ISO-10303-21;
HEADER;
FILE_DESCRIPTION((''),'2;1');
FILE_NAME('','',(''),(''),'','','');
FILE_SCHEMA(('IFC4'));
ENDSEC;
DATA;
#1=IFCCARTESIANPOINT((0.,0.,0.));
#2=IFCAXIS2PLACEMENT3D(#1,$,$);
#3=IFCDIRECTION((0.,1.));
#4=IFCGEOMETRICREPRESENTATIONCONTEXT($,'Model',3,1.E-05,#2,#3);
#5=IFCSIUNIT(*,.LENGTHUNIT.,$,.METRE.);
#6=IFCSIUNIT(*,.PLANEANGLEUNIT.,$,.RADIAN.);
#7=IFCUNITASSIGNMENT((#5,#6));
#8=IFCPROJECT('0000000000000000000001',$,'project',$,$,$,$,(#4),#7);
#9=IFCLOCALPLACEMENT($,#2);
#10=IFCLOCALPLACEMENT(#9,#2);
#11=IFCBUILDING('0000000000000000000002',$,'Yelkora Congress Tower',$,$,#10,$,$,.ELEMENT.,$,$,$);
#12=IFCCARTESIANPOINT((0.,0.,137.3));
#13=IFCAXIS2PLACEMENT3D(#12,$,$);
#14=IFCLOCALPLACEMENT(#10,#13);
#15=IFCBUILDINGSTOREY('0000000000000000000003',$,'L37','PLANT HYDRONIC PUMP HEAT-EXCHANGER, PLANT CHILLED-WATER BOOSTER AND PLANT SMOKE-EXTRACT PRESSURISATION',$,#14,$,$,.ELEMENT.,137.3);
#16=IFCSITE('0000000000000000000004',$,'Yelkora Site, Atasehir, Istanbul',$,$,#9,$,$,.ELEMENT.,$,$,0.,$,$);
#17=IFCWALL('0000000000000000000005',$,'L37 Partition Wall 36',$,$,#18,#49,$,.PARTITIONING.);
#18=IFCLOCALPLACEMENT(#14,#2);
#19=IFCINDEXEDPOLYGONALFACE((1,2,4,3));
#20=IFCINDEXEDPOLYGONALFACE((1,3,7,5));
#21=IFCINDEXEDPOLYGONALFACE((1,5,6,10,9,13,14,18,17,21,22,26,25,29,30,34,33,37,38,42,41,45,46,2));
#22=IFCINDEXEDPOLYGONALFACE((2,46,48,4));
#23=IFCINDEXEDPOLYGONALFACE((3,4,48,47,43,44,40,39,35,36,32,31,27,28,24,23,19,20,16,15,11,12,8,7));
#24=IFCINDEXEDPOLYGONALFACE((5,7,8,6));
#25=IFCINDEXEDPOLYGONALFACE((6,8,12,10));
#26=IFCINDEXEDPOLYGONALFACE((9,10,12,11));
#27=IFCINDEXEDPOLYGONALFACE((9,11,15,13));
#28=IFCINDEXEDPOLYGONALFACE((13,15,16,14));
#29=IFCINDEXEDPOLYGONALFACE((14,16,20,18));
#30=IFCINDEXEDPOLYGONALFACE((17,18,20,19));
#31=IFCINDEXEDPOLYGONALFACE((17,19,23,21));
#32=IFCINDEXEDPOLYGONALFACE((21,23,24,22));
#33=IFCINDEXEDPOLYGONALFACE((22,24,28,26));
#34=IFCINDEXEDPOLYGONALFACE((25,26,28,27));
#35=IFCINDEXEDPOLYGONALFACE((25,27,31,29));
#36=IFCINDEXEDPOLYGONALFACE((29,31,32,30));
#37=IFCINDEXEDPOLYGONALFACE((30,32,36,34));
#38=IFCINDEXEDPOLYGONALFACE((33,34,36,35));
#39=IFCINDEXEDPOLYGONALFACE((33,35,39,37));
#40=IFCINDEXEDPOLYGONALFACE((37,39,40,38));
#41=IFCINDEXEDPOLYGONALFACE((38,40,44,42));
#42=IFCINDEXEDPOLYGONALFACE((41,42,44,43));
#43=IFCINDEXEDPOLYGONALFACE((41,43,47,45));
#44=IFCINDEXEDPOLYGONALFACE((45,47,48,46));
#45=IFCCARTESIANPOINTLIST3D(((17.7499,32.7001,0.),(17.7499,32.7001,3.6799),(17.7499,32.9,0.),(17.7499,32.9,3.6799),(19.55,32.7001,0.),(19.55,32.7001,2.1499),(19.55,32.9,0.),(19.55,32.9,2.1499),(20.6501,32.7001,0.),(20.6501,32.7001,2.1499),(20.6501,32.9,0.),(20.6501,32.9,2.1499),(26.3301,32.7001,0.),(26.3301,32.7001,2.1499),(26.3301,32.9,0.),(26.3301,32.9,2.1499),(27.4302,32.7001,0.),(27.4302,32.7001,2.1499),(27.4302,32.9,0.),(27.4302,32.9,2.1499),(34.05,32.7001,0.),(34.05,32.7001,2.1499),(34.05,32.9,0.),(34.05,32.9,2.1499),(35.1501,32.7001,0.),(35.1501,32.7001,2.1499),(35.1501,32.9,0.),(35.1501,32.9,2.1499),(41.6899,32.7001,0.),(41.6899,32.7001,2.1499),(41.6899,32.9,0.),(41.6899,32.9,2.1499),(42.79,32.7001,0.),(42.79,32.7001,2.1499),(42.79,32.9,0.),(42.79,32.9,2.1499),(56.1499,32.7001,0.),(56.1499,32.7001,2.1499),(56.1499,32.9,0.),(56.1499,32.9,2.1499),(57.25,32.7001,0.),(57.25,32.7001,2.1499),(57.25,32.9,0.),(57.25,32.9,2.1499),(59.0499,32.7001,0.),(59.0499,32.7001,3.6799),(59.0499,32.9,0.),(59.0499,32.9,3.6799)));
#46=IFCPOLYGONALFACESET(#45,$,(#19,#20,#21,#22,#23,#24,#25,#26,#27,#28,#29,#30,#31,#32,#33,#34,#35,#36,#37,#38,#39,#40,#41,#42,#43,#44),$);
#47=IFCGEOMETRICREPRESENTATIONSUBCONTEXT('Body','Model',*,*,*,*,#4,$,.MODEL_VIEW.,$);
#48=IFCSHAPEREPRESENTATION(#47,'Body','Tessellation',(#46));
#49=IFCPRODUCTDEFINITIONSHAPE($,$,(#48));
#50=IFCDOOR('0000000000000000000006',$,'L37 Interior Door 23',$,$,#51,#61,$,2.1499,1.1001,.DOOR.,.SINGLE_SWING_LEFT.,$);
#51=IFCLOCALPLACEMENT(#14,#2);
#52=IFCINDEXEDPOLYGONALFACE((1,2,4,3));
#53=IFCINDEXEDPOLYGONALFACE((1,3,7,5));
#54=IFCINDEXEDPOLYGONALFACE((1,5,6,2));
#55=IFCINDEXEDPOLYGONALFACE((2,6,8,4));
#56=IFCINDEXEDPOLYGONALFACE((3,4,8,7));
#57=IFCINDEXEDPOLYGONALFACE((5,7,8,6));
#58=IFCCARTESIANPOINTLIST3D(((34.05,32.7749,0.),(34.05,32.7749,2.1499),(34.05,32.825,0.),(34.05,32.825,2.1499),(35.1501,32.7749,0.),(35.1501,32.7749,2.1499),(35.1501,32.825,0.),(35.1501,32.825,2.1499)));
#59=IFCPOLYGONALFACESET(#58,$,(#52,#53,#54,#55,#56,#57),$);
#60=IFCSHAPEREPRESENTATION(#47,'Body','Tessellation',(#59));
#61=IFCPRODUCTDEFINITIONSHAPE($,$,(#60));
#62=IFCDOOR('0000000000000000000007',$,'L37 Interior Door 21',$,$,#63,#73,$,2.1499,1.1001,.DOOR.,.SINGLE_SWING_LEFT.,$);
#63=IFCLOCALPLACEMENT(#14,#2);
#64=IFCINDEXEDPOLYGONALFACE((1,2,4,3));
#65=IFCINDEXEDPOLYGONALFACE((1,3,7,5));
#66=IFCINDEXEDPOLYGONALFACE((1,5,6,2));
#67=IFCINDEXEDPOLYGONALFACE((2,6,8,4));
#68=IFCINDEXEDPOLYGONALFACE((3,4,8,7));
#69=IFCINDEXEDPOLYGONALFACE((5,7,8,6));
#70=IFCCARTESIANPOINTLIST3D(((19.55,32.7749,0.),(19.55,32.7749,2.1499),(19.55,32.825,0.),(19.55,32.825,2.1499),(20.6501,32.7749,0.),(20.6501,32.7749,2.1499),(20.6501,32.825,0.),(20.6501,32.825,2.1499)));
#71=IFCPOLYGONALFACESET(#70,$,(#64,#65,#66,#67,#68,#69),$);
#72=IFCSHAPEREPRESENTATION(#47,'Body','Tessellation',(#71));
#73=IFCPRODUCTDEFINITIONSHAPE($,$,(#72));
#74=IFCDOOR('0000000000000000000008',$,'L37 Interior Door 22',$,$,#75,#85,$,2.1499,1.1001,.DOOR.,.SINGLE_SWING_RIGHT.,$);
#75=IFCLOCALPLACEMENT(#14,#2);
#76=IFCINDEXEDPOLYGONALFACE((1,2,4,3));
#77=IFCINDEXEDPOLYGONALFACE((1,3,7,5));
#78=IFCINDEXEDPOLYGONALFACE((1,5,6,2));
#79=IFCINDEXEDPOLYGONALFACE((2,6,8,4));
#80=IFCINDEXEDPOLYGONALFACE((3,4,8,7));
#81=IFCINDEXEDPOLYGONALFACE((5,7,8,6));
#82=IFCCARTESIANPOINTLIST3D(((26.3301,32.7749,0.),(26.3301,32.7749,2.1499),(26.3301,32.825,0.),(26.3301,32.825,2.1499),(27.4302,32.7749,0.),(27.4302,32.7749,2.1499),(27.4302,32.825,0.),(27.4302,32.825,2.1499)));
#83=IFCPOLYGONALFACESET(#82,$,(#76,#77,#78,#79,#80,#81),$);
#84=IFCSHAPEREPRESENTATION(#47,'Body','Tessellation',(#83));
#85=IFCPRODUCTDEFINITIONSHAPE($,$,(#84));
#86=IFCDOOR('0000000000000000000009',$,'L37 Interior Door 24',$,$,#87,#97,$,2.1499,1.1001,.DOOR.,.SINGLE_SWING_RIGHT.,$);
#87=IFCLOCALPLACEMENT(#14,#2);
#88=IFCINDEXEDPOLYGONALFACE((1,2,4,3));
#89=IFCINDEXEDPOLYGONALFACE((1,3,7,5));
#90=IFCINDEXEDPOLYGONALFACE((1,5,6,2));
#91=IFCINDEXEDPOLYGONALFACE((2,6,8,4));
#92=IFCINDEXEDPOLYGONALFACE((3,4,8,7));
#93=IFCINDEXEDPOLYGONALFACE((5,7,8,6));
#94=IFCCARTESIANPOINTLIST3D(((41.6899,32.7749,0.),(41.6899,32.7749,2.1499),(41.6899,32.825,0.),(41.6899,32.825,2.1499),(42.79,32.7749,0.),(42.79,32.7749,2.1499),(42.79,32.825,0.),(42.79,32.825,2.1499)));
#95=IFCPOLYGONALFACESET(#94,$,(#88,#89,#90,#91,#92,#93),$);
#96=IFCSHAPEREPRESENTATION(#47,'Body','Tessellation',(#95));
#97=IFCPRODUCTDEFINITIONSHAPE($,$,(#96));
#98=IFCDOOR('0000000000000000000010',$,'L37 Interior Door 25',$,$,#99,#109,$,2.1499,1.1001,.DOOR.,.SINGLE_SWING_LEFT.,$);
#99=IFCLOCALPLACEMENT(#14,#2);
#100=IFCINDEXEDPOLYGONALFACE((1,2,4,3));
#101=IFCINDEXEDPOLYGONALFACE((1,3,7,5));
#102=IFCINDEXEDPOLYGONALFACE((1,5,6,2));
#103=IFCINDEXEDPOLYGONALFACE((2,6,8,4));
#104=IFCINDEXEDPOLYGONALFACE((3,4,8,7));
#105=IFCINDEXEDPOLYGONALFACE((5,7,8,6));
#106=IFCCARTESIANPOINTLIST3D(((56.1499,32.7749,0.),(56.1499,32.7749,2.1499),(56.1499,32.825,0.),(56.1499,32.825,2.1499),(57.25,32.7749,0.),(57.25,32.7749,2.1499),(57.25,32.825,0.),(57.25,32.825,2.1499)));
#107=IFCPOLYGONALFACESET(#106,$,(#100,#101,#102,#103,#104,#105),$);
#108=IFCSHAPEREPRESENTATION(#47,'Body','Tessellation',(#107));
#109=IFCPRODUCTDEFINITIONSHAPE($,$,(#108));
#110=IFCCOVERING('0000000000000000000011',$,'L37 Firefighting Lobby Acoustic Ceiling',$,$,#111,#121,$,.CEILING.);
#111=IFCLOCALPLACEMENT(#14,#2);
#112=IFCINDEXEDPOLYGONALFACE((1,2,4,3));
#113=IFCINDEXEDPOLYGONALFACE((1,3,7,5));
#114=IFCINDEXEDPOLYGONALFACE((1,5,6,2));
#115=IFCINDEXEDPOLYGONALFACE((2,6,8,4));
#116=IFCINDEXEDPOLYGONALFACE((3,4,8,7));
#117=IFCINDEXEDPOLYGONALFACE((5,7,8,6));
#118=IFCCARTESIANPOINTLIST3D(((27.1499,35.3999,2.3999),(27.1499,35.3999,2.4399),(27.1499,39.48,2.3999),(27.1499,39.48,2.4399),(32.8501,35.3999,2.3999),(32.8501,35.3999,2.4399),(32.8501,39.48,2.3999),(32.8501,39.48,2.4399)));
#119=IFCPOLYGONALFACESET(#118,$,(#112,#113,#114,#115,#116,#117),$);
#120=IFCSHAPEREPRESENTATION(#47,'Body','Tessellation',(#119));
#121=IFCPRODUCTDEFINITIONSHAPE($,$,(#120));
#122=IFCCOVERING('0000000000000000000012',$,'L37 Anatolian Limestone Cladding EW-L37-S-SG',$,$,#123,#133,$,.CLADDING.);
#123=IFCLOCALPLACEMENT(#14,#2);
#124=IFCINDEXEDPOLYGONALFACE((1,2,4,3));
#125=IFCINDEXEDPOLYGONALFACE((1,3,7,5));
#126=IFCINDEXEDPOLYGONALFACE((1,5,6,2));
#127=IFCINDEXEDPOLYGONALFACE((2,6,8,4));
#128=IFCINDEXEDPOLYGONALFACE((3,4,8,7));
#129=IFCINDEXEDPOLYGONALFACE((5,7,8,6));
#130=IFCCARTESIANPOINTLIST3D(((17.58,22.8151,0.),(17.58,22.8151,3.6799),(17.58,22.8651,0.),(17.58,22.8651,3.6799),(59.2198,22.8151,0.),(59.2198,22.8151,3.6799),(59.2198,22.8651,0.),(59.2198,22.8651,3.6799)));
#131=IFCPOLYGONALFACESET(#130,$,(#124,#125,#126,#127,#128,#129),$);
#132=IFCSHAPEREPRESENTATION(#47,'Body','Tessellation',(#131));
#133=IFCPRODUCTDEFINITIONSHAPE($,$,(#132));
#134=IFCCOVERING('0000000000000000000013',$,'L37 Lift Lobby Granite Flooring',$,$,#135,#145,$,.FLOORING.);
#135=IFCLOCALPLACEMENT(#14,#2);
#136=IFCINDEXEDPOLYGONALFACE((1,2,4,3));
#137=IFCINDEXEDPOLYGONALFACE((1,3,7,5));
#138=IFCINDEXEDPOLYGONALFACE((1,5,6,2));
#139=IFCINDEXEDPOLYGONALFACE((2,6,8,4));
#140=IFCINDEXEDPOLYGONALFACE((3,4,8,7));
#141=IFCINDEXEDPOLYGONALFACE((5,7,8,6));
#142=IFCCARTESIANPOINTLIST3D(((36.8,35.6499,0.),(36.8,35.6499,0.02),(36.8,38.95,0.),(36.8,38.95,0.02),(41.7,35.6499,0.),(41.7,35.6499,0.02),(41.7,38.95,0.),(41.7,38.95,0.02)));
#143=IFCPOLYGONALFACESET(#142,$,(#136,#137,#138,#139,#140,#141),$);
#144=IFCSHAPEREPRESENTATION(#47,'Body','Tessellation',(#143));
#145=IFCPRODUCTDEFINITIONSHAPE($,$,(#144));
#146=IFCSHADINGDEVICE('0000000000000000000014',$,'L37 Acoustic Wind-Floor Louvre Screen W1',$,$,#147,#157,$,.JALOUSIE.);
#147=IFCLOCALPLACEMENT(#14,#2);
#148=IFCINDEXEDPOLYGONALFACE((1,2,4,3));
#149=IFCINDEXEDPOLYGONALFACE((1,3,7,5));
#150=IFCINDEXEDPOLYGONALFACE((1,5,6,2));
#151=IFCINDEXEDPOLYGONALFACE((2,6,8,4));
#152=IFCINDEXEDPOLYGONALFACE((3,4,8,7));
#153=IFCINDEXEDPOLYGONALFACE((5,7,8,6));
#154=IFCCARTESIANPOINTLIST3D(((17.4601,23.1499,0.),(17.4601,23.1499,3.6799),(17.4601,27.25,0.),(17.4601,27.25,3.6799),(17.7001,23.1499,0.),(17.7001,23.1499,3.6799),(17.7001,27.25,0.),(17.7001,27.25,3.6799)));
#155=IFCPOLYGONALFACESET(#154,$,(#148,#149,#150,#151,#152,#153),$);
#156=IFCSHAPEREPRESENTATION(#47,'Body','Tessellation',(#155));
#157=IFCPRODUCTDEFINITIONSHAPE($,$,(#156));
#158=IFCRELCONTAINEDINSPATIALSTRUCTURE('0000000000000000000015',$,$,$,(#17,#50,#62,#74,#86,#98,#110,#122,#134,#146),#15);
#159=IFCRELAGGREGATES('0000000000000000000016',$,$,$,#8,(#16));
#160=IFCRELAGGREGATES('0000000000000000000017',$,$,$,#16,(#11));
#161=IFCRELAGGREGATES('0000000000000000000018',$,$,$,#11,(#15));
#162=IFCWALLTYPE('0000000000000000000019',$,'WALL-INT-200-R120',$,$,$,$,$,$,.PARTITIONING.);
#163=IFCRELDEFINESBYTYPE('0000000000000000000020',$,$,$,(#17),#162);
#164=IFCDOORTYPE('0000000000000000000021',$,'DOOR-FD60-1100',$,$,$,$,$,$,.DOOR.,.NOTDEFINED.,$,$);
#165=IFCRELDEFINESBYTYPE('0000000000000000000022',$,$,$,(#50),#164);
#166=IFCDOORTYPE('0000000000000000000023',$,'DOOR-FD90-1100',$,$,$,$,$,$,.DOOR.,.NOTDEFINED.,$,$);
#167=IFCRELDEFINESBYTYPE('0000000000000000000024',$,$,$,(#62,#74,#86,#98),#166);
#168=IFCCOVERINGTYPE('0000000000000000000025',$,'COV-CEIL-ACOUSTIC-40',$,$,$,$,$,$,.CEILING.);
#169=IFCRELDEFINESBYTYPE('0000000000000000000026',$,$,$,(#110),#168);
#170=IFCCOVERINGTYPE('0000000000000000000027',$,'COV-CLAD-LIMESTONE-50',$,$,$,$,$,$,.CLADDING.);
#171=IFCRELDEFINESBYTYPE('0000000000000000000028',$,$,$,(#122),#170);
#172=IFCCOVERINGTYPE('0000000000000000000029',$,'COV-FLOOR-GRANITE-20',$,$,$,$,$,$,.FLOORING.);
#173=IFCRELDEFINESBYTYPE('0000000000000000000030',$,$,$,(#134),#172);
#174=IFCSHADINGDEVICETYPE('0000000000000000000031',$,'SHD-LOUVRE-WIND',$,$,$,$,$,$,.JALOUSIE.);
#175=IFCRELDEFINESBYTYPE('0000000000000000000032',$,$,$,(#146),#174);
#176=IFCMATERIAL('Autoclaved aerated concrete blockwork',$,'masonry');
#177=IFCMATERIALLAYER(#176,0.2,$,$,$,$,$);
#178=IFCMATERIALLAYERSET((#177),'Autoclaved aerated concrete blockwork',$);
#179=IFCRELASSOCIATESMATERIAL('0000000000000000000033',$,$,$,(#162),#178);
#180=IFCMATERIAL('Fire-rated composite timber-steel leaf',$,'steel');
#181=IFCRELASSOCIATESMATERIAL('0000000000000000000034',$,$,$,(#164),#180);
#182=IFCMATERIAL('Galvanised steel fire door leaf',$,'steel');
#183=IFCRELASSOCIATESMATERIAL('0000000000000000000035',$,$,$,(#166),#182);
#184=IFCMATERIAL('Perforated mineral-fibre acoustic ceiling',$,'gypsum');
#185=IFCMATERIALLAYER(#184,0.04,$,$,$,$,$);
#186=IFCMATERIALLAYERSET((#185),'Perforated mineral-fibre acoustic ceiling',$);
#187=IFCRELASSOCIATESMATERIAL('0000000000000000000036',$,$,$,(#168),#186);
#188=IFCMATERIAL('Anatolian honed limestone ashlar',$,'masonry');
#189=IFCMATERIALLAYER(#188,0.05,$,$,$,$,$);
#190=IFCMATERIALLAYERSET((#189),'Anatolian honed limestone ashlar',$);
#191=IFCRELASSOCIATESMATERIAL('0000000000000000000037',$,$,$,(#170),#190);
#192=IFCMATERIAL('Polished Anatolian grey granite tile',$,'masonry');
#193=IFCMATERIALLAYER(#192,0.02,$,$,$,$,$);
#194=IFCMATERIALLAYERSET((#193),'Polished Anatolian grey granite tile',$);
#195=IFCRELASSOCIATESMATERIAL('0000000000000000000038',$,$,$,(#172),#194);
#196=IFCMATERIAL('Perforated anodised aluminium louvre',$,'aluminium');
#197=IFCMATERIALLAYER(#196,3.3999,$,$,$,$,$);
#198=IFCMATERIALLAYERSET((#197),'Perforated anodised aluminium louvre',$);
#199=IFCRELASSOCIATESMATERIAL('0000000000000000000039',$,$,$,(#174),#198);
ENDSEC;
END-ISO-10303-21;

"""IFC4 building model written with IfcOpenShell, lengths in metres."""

from ifc_helpers import new_model, si_unit, direction, frame, frame_2d, origin, origin_2d, place, context, subcontext, project, spatial, polyline, rectangle, outline, extrude, material, layer, layer_set, type_object, element, fill, save


model = new_model("IFC4")

# Units and contexts
model_context = context("Model", 3, precision=1e-05, world=origin(), true_north=direction((0.0, 1.0)))
body_context = subcontext(model_context, "Body", "Model", "MODEL_VIEW")
ifc_project = project(units=[si_unit("LENGTHUNIT", "METRE"), si_unit("PLANEANGLEUNIT", "RADIAN")], contexts=[model_context])

# Site, building, storey
site_placement = place(None, origin())
site = spatial("IfcSite", under=ifc_project, at=site_placement, Name="Yelkora Site, Atasehir, Istanbul", CompositionType="ELEMENT", RefElevation=0.0)
building_placement = place(site_placement, origin())
building = spatial("IfcBuilding", under=site, at=building_placement, Name="Yelkora Congress Tower", CompositionType="ELEMENT")
storey_placement = place(building_placement, frame((0.0, 0.0, 137.3)))
storey = spatial("IfcBuildingStorey", under=building, at=storey_placement, Name="L37", Description="PLANT HYDRONIC PUMP HEAT-EXCHANGER, PLANT CHILLED-WATER BOOSTER AND PLANT SMOKE-EXTRACT PRESSURISATION", CompositionType="ELEMENT", Elevation=137.3)

# Shared definitions
ifc_material_1 = material(Name="Autoclaved aerated concrete blockwork", Category="masonry")
ifc_layer_1 = layer(ifc_material_1, 0.2)
ifc_layer_set_1 = layer_set([ifc_layer_1], Name="Autoclaved aerated concrete blockwork")
wall_type_1 = type_object("IfcWallType", Name="WALL-INT-200-R120", PredefinedType="PARTITIONING", material=ifc_layer_set_1)

# Wall, openings, doors
wall_1_placement = place(storey_placement, frame((17.75, 32.8, 0.0), z_axis=(0.0, 0.0, 1.0), x_axis=(1.0, 0.0, 0.0)))
wall_1 = element("IfcWall", 1, at=wall_1_placement, inside=storey, type_object=wall_type_1, Name="L37 Partition Wall 36", PredefinedType="PARTITIONING", context=body_context, shape_type="SweptSolid", body=[
    extrude(rectangle(XDim=41.3, YDim=0.2, at=frame_2d((20.6499, 0.0))), origin(), (0.0, 0.0, 1.0), 3.6799),
])
opening_1_placement = place(wall_1_placement, frame((1.8, 0.0, 0.0)))
opening_1 = element("IfcOpeningElement", 2, at=opening_1_placement, cuts=wall_1, PredefinedType="OPENING", context=body_context, shape_type="SweptSolid", body=[
    extrude(rectangle(XDim=1.1001, YDim=2.1499, at=frame_2d((0.55, 1.075))), frame((0.0, 0.1099, 0.0), z_axis=(0.0, -1.0, 0.0), x_axis=(1.0, 0.0, 0.0)), (0.0, 0.0, 1.0), 0.22),
])
opening_2_placement = place(wall_1_placement, frame((8.5801, 0.0, 0.0)))
opening_2 = element("IfcOpeningElement", 3, at=opening_2_placement, cuts=wall_1, PredefinedType="OPENING", context=body_context, shape_type="SweptSolid", body=[
    extrude(rectangle(XDim=1.1001, YDim=2.1499, at=frame_2d((0.55, 1.075))), frame((0.0, 0.1099, 0.0), z_axis=(0.0, -1.0, 0.0), x_axis=(1.0, 0.0, 0.0)), (0.0, 0.0, 1.0), 0.22),
])
opening_3_placement = place(wall_1_placement, frame((16.3, 0.0, 0.0)))
opening_3 = element("IfcOpeningElement", 4, at=opening_3_placement, cuts=wall_1, PredefinedType="OPENING", context=body_context, shape_type="SweptSolid", body=[
    extrude(rectangle(XDim=1.1001, YDim=2.1499, at=frame_2d((0.55, 1.075))), frame((0.0, 0.1099, 0.0), z_axis=(0.0, -1.0, 0.0), x_axis=(1.0, 0.0, 0.0)), (0.0, 0.0, 1.0), 0.22),
])
opening_4_placement = place(wall_1_placement, frame((23.9399, 0.0, 0.0)))
opening_4 = element("IfcOpeningElement", 5, at=opening_4_placement, cuts=wall_1, PredefinedType="OPENING", context=body_context, shape_type="SweptSolid", body=[
    extrude(rectangle(XDim=1.1001, YDim=2.1499, at=frame_2d((0.55, 1.075))), frame((0.0, 0.1099, 0.0), z_axis=(0.0, -1.0, 0.0), x_axis=(1.0, 0.0, 0.0)), (0.0, 0.0, 1.0), 0.22),
])
opening_5_placement = place(wall_1_placement, frame((38.3999, 0.0, 0.0)))
opening_5 = element("IfcOpeningElement", 6, at=opening_5_placement, cuts=wall_1, PredefinedType="OPENING", context=body_context, shape_type="SweptSolid", body=[
    extrude(rectangle(XDim=1.1001, YDim=2.1499, at=frame_2d((0.55, 1.075))), frame((0.0, 0.1099, 0.0), z_axis=(0.0, -1.0, 0.0), x_axis=(1.0, 0.0, 0.0)), (0.0, 0.0, 1.0), 0.22),
])
ifc_material_2 = material(Name="Fire-rated composite timber-steel leaf", Category="steel")
door_type_1 = type_object("IfcDoorType", Name="DOOR-FD60-1100", OperationType="NOTDEFINED", PredefinedType="DOOR", material=ifc_material_2)
door_1_placement = place(opening_3_placement, origin())
door_1 = element("IfcDoor", 7, at=door_1_placement, inside=storey, type_object=door_type_1, Name="L37 Interior Door 23", OperationType="SINGLE_SWING_LEFT", OverallHeight=2.1499, OverallWidth=1.1001, PredefinedType="DOOR", context=body_context, shape_type="SweptSolid", body=[
    extrude(rectangle(XDim=1.1001, YDim=2.1499, at=frame_2d((0.55, 1.075))), frame((0.0, 0.0249, 0.0), z_axis=(0.0, -1.0, 0.0), x_axis=(1.0, 0.0, 0.0)), (0.0, 0.0, 1.0), 0.05),
])
fill(opening_3, door_1)
ifc_material_3 = material(Name="Galvanised steel fire door leaf", Category="steel")
door_type_2 = type_object("IfcDoorType", Name="DOOR-FD90-1100", OperationType="NOTDEFINED", PredefinedType="DOOR", material=ifc_material_3)
door_2_placement = place(opening_1_placement, origin())
door_2 = element("IfcDoor", 8, at=door_2_placement, inside=storey, type_object=door_type_2, Name="L37 Interior Door 21", OperationType="SINGLE_SWING_LEFT", OverallHeight=2.1499, OverallWidth=1.1001, PredefinedType="DOOR", context=body_context, shape_type="SweptSolid", body=[
    extrude(rectangle(XDim=1.1001, YDim=2.1499, at=frame_2d((0.55, 1.075))), frame((0.0, 0.0249, 0.0), z_axis=(0.0, -1.0, 0.0), x_axis=(1.0, 0.0, 0.0)), (0.0, 0.0, 1.0), 0.05),
])
fill(opening_1, door_2)
door_3_placement = place(opening_2_placement, origin())
door_3 = element("IfcDoor", 9, at=door_3_placement, inside=storey, type_object=door_type_2, Name="L37 Interior Door 22", OperationType="SINGLE_SWING_RIGHT", OverallHeight=2.1499, OverallWidth=1.1001, PredefinedType="DOOR", context=body_context, shape_type="SweptSolid", body=[
    extrude(rectangle(XDim=1.1001, YDim=2.1499, at=frame_2d((0.55, 1.075))), frame((0.0, 0.0249, 0.0), z_axis=(0.0, -1.0, 0.0), x_axis=(1.0, 0.0, 0.0)), (0.0, 0.0, 1.0), 0.05),
])
fill(opening_2, door_3)
door_4_placement = place(opening_4_placement, origin())
door_4 = element("IfcDoor", 10, at=door_4_placement, inside=storey, type_object=door_type_2, Name="L37 Interior Door 24", OperationType="SINGLE_SWING_RIGHT", OverallHeight=2.1499, OverallWidth=1.1001, PredefinedType="DOOR", context=body_context, shape_type="SweptSolid", body=[
    extrude(rectangle(XDim=1.1001, YDim=2.1499, at=frame_2d((0.55, 1.075))), frame((0.0, 0.0249, 0.0), z_axis=(0.0, -1.0, 0.0), x_axis=(1.0, 0.0, 0.0)), (0.0, 0.0, 1.0), 0.05),
])
fill(opening_4, door_4)
door_5_placement = place(opening_5_placement, origin())
door_5 = element("IfcDoor", 11, at=door_5_placement, inside=storey, type_object=door_type_2, Name="L37 Interior Door 25", OperationType="SINGLE_SWING_LEFT", OverallHeight=2.1499, OverallWidth=1.1001, PredefinedType="DOOR", context=body_context, shape_type="SweptSolid", body=[
    extrude(rectangle(XDim=1.1001, YDim=2.1499, at=frame_2d((0.55, 1.075))), frame((0.0, 0.0249, 0.0), z_axis=(0.0, -1.0, 0.0), x_axis=(1.0, 0.0, 0.0)), (0.0, 0.0, 1.0), 0.05),
])
fill(opening_5, door_5)

# Coverings
ifc_material_4 = material(Name="Perforated mineral-fibre acoustic ceiling", Category="gypsum")
ifc_layer_2 = layer(ifc_material_4, 0.04)
ifc_layer_set_2 = layer_set([ifc_layer_2], Name="Perforated mineral-fibre acoustic ceiling")
covering_type_1 = type_object("IfcCoveringType", Name="COV-CEIL-ACOUSTIC-40", PredefinedType="CEILING", material=ifc_layer_set_2)
covering_1_placement = place(storey_placement, frame((0.0, 0.0, 2.3999)))
element("IfcCovering", 12, at=covering_1_placement, inside=storey, type_object=covering_type_1, Name="L37 Firefighting Lobby Acoustic Ceiling", PredefinedType="CEILING", context=body_context, shape_type="SweptSolid", body=[
    extrude(outline(polyline([(27.1499, 35.3999), (32.8501, 35.3999), (32.8501, 39.48), (27.1499, 39.48), (27.1499, 35.3999)])), origin(), (0.0, 0.0, 1.0), 0.04),
])
ifc_material_5 = material(Name="Anatolian honed limestone ashlar", Category="masonry")
ifc_layer_3 = layer(ifc_material_5, 0.05)
ifc_layer_set_3 = layer_set([ifc_layer_3], Name="Anatolian honed limestone ashlar")
covering_type_2 = type_object("IfcCoveringType", Name="COV-CLAD-LIMESTONE-50", PredefinedType="CLADDING", material=ifc_layer_set_3)
covering_2_placement = place(storey_placement, frame((17.5801, 22.8401, 0.0), z_axis=(0.0, 0.0, 1.0), x_axis=(1.0, 0.0, 0.0)))
element("IfcCovering", 13, at=covering_2_placement, inside=storey, type_object=covering_type_2, Name="L37 Anatolian Limestone Cladding EW-L37-S-SG", PredefinedType="CLADDING", context=body_context, shape_type="SweptSolid", body=[
    extrude(rectangle(XDim=41.6399, YDim=0.05, at=frame_2d((20.8198, 0.0))), origin(), (0.0, 0.0, 1.0), 3.6799),
])
ifc_material_6 = material(Name="Polished Anatolian grey granite tile", Category="masonry")
ifc_layer_4 = layer(ifc_material_6, 0.02)
ifc_layer_set_4 = layer_set([ifc_layer_4], Name="Polished Anatolian grey granite tile")
covering_type_3 = type_object("IfcCoveringType", Name="COV-FLOOR-GRANITE-20", PredefinedType="FLOORING", material=ifc_layer_set_4)
covering_3_placement = place(storey_placement, origin())
element("IfcCovering", 14, at=covering_3_placement, inside=storey, type_object=covering_type_3, Name="L37 Lift Lobby Granite Flooring", PredefinedType="FLOORING", context=body_context, shape_type="SweptSolid", body=[
    extrude(outline(polyline([(36.8, 35.6499), (41.7, 35.6499), (41.7, 38.95), (36.8, 38.95), (36.8, 35.6499)])), origin(), (0.0, 0.0, 1.0), 0.02),
])

# Shading device
ifc_material_7 = material(Name="Perforated anodised aluminium louvre", Category="aluminium")
ifc_layer_5 = layer(ifc_material_7, 3.3999)
ifc_layer_set_5 = layer_set([ifc_layer_5], Name="Perforated anodised aluminium louvre")
shading_device_type = type_object("IfcShadingDeviceType", Name="SHD-LOUVRE-WIND", PredefinedType="JALOUSIE", material=ifc_layer_set_5)
for number, where, z_axis, x_axis, name in (
    (15, (17.5801, 25.2, 0.0), (0.0, 0.0, 1.0), (1.0, 0.0, 0.0), "L37 Acoustic Wind-Floor Louvre Screen W1"),
):
    element("IfcShadingDevice", number, at=place(storey_placement, frame(where, z_axis=z_axis, x_axis=x_axis)), inside=storey, type_object=shading_device_type, Name=name, PredefinedType="JALOUSIE", context=body_context, shape_type="SweptSolid", body=[
        extrude(rectangle(XDim=0.24, YDim=4.1001, at=origin_2d()), origin(), (0.0, 0.0, 1.0), 3.6799),
    ])

save(model, "model.ifc")
